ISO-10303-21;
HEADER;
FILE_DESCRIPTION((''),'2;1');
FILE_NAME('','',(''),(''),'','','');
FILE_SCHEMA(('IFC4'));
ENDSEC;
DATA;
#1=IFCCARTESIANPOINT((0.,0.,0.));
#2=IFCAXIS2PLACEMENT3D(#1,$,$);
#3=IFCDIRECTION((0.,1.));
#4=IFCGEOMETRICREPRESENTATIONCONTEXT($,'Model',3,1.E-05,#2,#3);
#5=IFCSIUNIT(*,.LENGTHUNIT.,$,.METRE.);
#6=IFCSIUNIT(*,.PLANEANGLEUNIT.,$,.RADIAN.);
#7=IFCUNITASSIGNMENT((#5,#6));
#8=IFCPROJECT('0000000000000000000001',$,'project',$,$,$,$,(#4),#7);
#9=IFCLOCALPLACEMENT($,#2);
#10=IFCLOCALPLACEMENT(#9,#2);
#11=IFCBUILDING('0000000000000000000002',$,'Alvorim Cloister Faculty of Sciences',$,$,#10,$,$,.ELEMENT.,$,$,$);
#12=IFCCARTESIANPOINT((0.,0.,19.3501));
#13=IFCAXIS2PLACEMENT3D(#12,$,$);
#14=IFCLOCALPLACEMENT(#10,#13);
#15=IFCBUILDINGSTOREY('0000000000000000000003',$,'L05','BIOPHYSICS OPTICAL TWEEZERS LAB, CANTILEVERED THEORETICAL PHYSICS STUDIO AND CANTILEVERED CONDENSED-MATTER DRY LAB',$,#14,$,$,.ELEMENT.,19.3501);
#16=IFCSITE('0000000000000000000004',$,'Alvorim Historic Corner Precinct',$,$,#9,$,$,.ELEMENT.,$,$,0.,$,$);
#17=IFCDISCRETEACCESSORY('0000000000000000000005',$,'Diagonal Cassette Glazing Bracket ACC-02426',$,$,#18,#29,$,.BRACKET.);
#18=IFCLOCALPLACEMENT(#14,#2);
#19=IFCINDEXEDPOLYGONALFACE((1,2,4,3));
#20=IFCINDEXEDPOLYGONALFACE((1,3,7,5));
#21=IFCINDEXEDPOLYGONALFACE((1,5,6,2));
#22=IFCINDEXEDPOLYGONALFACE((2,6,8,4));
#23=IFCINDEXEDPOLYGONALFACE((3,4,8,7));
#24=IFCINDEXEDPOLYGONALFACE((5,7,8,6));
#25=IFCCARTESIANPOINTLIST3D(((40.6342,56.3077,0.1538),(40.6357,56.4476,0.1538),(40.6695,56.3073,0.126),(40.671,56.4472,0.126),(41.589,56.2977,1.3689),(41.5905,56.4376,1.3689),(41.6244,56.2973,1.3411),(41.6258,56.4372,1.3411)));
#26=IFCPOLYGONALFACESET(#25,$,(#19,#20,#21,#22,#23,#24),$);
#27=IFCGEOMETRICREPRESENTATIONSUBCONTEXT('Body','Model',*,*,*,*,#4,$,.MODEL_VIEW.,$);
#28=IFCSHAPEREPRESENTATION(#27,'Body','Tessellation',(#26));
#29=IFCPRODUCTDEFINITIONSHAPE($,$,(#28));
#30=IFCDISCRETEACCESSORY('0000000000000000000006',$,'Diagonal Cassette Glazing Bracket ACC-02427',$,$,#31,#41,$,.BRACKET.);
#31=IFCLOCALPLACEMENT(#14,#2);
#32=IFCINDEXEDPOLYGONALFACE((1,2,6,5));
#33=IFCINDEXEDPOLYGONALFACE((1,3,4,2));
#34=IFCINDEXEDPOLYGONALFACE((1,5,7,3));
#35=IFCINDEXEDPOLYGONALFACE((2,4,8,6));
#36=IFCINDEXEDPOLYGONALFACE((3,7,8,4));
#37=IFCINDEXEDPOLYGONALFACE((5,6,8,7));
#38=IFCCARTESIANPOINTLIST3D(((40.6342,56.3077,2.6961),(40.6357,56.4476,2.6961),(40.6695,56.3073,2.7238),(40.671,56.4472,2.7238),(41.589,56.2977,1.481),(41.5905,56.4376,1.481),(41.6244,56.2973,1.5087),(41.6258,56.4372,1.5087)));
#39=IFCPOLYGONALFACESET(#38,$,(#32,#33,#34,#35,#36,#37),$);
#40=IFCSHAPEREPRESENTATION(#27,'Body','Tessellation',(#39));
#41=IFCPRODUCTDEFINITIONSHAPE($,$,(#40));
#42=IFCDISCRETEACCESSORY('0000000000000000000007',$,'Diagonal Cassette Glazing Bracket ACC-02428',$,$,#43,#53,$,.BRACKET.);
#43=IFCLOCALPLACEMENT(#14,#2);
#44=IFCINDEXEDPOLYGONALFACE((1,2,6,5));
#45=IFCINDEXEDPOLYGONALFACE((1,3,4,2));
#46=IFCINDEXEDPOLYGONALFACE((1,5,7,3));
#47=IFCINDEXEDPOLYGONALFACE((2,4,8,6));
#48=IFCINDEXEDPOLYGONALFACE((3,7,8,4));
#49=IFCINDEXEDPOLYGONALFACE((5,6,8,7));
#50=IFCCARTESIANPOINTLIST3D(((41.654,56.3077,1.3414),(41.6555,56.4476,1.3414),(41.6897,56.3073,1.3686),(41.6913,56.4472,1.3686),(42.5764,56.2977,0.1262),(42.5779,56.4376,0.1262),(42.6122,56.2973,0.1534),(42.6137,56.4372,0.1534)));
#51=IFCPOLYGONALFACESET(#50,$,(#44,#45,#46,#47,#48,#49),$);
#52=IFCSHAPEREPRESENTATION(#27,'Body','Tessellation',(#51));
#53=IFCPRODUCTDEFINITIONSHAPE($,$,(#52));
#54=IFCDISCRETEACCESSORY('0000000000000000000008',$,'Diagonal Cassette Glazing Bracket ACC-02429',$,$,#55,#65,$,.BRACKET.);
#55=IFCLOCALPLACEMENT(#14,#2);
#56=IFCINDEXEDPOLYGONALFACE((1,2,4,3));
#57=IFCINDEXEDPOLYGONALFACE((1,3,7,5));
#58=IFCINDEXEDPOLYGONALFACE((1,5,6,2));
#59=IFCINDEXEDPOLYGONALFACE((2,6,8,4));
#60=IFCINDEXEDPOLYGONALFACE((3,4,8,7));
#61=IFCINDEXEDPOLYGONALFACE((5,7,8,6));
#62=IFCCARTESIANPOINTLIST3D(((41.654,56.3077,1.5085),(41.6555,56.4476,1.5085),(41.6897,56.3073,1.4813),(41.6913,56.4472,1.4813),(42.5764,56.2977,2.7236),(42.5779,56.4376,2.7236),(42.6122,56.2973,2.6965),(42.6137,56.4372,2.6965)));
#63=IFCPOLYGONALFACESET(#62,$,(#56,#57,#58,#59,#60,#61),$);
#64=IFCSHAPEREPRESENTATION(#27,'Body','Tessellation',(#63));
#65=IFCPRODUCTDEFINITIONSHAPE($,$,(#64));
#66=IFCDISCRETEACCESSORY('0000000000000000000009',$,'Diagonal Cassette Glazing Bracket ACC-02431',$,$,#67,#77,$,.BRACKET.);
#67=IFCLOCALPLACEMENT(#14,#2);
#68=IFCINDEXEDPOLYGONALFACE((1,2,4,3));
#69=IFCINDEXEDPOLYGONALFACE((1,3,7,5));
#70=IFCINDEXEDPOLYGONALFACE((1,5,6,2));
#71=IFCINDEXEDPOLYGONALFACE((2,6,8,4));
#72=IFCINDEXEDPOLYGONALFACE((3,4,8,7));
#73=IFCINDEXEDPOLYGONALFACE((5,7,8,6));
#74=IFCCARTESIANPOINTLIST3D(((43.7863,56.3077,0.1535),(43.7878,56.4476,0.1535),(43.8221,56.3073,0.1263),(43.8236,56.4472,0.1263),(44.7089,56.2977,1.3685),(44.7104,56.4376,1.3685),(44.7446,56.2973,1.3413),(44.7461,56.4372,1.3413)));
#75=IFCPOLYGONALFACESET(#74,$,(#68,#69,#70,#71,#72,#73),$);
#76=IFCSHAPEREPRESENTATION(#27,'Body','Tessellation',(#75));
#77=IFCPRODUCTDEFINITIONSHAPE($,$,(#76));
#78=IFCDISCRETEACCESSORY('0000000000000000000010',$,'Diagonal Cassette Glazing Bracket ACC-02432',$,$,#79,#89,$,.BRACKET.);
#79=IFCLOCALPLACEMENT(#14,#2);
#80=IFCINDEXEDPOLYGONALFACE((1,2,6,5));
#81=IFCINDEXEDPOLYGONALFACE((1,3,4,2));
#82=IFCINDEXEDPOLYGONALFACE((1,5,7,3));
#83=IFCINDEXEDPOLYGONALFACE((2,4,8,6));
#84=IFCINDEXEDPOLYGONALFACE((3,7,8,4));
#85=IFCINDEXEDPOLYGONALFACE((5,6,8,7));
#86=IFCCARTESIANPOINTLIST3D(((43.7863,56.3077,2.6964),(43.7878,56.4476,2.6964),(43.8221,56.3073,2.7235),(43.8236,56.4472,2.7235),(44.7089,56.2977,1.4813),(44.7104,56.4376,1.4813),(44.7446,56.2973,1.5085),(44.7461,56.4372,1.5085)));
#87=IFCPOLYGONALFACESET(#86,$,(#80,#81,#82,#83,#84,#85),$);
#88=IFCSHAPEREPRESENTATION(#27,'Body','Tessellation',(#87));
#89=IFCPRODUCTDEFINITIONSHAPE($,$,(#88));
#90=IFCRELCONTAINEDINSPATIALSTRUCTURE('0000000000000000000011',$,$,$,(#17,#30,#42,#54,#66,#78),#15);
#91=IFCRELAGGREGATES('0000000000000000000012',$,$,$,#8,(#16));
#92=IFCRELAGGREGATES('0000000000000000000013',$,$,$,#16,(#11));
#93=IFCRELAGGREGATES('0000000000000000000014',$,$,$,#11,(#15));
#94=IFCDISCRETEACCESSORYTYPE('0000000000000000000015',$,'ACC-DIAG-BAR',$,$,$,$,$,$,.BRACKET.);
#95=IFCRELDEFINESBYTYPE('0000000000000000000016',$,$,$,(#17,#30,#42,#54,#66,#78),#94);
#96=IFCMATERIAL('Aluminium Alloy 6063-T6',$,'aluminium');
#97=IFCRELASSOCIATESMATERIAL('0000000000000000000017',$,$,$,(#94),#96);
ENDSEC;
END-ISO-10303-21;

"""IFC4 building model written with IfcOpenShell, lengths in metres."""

from ifc_helpers import new_model, si_unit, direction, frame, origin, origin_2d, place, context, subcontext, project, spatial, rectangle, extrude, material, type_object, element, save


model = new_model("IFC4")

# Units and contexts
model_context = context("Model", 3, precision=1e-05, world=origin(), true_north=direction((0.0, 1.0)))
body_context = subcontext(model_context, "Body", "Model", "MODEL_VIEW")
ifc_project = project(units=[si_unit("LENGTHUNIT", "METRE"), si_unit("PLANEANGLEUNIT", "RADIAN")], contexts=[model_context])

# Site, building, storey
site_placement = place(None, origin())
site = spatial("IfcSite", under=ifc_project, at=site_placement, Name="Alvorim Historic Corner Precinct", CompositionType="ELEMENT", RefElevation=0.0)
building_placement = place(site_placement, origin())
building = spatial("IfcBuilding", under=site, at=building_placement, Name="Alvorim Cloister Faculty of Sciences", CompositionType="ELEMENT")
storey_placement = place(building_placement, frame((0.0, 0.0, 19.3501)))
storey = spatial("IfcBuildingStorey", under=building, at=storey_placement, Name="L05", Description="BIOPHYSICS OPTICAL TWEEZERS LAB, CANTILEVERED THEORETICAL PHYSICS STUDIO AND CANTILEVERED CONDENSED-MATTER DRY LAB", CompositionType="ELEMENT", Elevation=19.3501)

# Shared definitions
ifc_material_1 = material(Name="Aluminium Alloy 6063-T6", Category="aluminium")

# Discrete accessories
discrete_accessory_type = type_object("IfcDiscreteAccessoryType", Name="ACC-DIAG-BAR", PredefinedType="BRACKET", material=ifc_material_1)
for number, where, z_axis, x_axis, name in (
    (1, (40.6526, 56.3774, 0.1399), (0.617857, -0.006477, 0.786263), (0.010483, 0.999945, 0.0), "Diagonal Cassette Glazing Bracket ACC-02426"),
    (2, (40.6526, 56.3774, 2.71), (0.617857, -0.006477, -0.786263), (0.010483, 0.999945, 0.0), "Diagonal Cassette Glazing Bracket ACC-02427"),
):
    element("IfcDiscreteAccessory", number, at=place(storey_placement, frame(where, z_axis=z_axis, x_axis=x_axis)), inside=storey, type_object=discrete_accessory_type, Name=name, PredefinedType="BRACKET", context=body_context, shape_type="SweptSolid", body=[
        extrude(rectangle(XDim=0.1399, YDim=0.0449, at=origin_2d()), origin(), (0.0, 0.0, 1.0), 1.5454),
    ])
for number, where, z_axis, x_axis, name in (
    (3, (41.6726, 56.3774, 1.355), (0.604612, -0.006561, -0.796493), (0.010852, 0.999941, 0.0), "Diagonal Cassette Glazing Bracket ACC-02428"),
    (4, (41.6726, 56.3774, 1.4949), (0.604612, -0.006561, 0.796493), (0.010852, 0.999941, 0.0), "Diagonal Cassette Glazing Bracket ACC-02429"),
    (5, (43.8049, 56.3774, 0.1399), (0.604713, -0.006561, 0.796416), (0.010849, 0.999941, 0.0), "Diagonal Cassette Glazing Bracket ACC-02431"),
    (6, (43.8049, 56.3774, 2.71), (0.604713, -0.006561, -0.796416), (0.010849, 0.999941, 0.0), "Diagonal Cassette Glazing Bracket ACC-02432"),
):
    element("IfcDiscreteAccessory", number, at=place(storey_placement, frame(where, z_axis=z_axis, x_axis=x_axis)), inside=storey, type_object=discrete_accessory_type, Name=name, PredefinedType="BRACKET", context=body_context, shape_type="SweptSolid", body=[
        extrude(rectangle(XDim=0.1399, YDim=0.0449, at=origin_2d()), origin(), (0.0, 0.0, 1.0), 1.5256),
    ])

save(model, "model.ifc")
